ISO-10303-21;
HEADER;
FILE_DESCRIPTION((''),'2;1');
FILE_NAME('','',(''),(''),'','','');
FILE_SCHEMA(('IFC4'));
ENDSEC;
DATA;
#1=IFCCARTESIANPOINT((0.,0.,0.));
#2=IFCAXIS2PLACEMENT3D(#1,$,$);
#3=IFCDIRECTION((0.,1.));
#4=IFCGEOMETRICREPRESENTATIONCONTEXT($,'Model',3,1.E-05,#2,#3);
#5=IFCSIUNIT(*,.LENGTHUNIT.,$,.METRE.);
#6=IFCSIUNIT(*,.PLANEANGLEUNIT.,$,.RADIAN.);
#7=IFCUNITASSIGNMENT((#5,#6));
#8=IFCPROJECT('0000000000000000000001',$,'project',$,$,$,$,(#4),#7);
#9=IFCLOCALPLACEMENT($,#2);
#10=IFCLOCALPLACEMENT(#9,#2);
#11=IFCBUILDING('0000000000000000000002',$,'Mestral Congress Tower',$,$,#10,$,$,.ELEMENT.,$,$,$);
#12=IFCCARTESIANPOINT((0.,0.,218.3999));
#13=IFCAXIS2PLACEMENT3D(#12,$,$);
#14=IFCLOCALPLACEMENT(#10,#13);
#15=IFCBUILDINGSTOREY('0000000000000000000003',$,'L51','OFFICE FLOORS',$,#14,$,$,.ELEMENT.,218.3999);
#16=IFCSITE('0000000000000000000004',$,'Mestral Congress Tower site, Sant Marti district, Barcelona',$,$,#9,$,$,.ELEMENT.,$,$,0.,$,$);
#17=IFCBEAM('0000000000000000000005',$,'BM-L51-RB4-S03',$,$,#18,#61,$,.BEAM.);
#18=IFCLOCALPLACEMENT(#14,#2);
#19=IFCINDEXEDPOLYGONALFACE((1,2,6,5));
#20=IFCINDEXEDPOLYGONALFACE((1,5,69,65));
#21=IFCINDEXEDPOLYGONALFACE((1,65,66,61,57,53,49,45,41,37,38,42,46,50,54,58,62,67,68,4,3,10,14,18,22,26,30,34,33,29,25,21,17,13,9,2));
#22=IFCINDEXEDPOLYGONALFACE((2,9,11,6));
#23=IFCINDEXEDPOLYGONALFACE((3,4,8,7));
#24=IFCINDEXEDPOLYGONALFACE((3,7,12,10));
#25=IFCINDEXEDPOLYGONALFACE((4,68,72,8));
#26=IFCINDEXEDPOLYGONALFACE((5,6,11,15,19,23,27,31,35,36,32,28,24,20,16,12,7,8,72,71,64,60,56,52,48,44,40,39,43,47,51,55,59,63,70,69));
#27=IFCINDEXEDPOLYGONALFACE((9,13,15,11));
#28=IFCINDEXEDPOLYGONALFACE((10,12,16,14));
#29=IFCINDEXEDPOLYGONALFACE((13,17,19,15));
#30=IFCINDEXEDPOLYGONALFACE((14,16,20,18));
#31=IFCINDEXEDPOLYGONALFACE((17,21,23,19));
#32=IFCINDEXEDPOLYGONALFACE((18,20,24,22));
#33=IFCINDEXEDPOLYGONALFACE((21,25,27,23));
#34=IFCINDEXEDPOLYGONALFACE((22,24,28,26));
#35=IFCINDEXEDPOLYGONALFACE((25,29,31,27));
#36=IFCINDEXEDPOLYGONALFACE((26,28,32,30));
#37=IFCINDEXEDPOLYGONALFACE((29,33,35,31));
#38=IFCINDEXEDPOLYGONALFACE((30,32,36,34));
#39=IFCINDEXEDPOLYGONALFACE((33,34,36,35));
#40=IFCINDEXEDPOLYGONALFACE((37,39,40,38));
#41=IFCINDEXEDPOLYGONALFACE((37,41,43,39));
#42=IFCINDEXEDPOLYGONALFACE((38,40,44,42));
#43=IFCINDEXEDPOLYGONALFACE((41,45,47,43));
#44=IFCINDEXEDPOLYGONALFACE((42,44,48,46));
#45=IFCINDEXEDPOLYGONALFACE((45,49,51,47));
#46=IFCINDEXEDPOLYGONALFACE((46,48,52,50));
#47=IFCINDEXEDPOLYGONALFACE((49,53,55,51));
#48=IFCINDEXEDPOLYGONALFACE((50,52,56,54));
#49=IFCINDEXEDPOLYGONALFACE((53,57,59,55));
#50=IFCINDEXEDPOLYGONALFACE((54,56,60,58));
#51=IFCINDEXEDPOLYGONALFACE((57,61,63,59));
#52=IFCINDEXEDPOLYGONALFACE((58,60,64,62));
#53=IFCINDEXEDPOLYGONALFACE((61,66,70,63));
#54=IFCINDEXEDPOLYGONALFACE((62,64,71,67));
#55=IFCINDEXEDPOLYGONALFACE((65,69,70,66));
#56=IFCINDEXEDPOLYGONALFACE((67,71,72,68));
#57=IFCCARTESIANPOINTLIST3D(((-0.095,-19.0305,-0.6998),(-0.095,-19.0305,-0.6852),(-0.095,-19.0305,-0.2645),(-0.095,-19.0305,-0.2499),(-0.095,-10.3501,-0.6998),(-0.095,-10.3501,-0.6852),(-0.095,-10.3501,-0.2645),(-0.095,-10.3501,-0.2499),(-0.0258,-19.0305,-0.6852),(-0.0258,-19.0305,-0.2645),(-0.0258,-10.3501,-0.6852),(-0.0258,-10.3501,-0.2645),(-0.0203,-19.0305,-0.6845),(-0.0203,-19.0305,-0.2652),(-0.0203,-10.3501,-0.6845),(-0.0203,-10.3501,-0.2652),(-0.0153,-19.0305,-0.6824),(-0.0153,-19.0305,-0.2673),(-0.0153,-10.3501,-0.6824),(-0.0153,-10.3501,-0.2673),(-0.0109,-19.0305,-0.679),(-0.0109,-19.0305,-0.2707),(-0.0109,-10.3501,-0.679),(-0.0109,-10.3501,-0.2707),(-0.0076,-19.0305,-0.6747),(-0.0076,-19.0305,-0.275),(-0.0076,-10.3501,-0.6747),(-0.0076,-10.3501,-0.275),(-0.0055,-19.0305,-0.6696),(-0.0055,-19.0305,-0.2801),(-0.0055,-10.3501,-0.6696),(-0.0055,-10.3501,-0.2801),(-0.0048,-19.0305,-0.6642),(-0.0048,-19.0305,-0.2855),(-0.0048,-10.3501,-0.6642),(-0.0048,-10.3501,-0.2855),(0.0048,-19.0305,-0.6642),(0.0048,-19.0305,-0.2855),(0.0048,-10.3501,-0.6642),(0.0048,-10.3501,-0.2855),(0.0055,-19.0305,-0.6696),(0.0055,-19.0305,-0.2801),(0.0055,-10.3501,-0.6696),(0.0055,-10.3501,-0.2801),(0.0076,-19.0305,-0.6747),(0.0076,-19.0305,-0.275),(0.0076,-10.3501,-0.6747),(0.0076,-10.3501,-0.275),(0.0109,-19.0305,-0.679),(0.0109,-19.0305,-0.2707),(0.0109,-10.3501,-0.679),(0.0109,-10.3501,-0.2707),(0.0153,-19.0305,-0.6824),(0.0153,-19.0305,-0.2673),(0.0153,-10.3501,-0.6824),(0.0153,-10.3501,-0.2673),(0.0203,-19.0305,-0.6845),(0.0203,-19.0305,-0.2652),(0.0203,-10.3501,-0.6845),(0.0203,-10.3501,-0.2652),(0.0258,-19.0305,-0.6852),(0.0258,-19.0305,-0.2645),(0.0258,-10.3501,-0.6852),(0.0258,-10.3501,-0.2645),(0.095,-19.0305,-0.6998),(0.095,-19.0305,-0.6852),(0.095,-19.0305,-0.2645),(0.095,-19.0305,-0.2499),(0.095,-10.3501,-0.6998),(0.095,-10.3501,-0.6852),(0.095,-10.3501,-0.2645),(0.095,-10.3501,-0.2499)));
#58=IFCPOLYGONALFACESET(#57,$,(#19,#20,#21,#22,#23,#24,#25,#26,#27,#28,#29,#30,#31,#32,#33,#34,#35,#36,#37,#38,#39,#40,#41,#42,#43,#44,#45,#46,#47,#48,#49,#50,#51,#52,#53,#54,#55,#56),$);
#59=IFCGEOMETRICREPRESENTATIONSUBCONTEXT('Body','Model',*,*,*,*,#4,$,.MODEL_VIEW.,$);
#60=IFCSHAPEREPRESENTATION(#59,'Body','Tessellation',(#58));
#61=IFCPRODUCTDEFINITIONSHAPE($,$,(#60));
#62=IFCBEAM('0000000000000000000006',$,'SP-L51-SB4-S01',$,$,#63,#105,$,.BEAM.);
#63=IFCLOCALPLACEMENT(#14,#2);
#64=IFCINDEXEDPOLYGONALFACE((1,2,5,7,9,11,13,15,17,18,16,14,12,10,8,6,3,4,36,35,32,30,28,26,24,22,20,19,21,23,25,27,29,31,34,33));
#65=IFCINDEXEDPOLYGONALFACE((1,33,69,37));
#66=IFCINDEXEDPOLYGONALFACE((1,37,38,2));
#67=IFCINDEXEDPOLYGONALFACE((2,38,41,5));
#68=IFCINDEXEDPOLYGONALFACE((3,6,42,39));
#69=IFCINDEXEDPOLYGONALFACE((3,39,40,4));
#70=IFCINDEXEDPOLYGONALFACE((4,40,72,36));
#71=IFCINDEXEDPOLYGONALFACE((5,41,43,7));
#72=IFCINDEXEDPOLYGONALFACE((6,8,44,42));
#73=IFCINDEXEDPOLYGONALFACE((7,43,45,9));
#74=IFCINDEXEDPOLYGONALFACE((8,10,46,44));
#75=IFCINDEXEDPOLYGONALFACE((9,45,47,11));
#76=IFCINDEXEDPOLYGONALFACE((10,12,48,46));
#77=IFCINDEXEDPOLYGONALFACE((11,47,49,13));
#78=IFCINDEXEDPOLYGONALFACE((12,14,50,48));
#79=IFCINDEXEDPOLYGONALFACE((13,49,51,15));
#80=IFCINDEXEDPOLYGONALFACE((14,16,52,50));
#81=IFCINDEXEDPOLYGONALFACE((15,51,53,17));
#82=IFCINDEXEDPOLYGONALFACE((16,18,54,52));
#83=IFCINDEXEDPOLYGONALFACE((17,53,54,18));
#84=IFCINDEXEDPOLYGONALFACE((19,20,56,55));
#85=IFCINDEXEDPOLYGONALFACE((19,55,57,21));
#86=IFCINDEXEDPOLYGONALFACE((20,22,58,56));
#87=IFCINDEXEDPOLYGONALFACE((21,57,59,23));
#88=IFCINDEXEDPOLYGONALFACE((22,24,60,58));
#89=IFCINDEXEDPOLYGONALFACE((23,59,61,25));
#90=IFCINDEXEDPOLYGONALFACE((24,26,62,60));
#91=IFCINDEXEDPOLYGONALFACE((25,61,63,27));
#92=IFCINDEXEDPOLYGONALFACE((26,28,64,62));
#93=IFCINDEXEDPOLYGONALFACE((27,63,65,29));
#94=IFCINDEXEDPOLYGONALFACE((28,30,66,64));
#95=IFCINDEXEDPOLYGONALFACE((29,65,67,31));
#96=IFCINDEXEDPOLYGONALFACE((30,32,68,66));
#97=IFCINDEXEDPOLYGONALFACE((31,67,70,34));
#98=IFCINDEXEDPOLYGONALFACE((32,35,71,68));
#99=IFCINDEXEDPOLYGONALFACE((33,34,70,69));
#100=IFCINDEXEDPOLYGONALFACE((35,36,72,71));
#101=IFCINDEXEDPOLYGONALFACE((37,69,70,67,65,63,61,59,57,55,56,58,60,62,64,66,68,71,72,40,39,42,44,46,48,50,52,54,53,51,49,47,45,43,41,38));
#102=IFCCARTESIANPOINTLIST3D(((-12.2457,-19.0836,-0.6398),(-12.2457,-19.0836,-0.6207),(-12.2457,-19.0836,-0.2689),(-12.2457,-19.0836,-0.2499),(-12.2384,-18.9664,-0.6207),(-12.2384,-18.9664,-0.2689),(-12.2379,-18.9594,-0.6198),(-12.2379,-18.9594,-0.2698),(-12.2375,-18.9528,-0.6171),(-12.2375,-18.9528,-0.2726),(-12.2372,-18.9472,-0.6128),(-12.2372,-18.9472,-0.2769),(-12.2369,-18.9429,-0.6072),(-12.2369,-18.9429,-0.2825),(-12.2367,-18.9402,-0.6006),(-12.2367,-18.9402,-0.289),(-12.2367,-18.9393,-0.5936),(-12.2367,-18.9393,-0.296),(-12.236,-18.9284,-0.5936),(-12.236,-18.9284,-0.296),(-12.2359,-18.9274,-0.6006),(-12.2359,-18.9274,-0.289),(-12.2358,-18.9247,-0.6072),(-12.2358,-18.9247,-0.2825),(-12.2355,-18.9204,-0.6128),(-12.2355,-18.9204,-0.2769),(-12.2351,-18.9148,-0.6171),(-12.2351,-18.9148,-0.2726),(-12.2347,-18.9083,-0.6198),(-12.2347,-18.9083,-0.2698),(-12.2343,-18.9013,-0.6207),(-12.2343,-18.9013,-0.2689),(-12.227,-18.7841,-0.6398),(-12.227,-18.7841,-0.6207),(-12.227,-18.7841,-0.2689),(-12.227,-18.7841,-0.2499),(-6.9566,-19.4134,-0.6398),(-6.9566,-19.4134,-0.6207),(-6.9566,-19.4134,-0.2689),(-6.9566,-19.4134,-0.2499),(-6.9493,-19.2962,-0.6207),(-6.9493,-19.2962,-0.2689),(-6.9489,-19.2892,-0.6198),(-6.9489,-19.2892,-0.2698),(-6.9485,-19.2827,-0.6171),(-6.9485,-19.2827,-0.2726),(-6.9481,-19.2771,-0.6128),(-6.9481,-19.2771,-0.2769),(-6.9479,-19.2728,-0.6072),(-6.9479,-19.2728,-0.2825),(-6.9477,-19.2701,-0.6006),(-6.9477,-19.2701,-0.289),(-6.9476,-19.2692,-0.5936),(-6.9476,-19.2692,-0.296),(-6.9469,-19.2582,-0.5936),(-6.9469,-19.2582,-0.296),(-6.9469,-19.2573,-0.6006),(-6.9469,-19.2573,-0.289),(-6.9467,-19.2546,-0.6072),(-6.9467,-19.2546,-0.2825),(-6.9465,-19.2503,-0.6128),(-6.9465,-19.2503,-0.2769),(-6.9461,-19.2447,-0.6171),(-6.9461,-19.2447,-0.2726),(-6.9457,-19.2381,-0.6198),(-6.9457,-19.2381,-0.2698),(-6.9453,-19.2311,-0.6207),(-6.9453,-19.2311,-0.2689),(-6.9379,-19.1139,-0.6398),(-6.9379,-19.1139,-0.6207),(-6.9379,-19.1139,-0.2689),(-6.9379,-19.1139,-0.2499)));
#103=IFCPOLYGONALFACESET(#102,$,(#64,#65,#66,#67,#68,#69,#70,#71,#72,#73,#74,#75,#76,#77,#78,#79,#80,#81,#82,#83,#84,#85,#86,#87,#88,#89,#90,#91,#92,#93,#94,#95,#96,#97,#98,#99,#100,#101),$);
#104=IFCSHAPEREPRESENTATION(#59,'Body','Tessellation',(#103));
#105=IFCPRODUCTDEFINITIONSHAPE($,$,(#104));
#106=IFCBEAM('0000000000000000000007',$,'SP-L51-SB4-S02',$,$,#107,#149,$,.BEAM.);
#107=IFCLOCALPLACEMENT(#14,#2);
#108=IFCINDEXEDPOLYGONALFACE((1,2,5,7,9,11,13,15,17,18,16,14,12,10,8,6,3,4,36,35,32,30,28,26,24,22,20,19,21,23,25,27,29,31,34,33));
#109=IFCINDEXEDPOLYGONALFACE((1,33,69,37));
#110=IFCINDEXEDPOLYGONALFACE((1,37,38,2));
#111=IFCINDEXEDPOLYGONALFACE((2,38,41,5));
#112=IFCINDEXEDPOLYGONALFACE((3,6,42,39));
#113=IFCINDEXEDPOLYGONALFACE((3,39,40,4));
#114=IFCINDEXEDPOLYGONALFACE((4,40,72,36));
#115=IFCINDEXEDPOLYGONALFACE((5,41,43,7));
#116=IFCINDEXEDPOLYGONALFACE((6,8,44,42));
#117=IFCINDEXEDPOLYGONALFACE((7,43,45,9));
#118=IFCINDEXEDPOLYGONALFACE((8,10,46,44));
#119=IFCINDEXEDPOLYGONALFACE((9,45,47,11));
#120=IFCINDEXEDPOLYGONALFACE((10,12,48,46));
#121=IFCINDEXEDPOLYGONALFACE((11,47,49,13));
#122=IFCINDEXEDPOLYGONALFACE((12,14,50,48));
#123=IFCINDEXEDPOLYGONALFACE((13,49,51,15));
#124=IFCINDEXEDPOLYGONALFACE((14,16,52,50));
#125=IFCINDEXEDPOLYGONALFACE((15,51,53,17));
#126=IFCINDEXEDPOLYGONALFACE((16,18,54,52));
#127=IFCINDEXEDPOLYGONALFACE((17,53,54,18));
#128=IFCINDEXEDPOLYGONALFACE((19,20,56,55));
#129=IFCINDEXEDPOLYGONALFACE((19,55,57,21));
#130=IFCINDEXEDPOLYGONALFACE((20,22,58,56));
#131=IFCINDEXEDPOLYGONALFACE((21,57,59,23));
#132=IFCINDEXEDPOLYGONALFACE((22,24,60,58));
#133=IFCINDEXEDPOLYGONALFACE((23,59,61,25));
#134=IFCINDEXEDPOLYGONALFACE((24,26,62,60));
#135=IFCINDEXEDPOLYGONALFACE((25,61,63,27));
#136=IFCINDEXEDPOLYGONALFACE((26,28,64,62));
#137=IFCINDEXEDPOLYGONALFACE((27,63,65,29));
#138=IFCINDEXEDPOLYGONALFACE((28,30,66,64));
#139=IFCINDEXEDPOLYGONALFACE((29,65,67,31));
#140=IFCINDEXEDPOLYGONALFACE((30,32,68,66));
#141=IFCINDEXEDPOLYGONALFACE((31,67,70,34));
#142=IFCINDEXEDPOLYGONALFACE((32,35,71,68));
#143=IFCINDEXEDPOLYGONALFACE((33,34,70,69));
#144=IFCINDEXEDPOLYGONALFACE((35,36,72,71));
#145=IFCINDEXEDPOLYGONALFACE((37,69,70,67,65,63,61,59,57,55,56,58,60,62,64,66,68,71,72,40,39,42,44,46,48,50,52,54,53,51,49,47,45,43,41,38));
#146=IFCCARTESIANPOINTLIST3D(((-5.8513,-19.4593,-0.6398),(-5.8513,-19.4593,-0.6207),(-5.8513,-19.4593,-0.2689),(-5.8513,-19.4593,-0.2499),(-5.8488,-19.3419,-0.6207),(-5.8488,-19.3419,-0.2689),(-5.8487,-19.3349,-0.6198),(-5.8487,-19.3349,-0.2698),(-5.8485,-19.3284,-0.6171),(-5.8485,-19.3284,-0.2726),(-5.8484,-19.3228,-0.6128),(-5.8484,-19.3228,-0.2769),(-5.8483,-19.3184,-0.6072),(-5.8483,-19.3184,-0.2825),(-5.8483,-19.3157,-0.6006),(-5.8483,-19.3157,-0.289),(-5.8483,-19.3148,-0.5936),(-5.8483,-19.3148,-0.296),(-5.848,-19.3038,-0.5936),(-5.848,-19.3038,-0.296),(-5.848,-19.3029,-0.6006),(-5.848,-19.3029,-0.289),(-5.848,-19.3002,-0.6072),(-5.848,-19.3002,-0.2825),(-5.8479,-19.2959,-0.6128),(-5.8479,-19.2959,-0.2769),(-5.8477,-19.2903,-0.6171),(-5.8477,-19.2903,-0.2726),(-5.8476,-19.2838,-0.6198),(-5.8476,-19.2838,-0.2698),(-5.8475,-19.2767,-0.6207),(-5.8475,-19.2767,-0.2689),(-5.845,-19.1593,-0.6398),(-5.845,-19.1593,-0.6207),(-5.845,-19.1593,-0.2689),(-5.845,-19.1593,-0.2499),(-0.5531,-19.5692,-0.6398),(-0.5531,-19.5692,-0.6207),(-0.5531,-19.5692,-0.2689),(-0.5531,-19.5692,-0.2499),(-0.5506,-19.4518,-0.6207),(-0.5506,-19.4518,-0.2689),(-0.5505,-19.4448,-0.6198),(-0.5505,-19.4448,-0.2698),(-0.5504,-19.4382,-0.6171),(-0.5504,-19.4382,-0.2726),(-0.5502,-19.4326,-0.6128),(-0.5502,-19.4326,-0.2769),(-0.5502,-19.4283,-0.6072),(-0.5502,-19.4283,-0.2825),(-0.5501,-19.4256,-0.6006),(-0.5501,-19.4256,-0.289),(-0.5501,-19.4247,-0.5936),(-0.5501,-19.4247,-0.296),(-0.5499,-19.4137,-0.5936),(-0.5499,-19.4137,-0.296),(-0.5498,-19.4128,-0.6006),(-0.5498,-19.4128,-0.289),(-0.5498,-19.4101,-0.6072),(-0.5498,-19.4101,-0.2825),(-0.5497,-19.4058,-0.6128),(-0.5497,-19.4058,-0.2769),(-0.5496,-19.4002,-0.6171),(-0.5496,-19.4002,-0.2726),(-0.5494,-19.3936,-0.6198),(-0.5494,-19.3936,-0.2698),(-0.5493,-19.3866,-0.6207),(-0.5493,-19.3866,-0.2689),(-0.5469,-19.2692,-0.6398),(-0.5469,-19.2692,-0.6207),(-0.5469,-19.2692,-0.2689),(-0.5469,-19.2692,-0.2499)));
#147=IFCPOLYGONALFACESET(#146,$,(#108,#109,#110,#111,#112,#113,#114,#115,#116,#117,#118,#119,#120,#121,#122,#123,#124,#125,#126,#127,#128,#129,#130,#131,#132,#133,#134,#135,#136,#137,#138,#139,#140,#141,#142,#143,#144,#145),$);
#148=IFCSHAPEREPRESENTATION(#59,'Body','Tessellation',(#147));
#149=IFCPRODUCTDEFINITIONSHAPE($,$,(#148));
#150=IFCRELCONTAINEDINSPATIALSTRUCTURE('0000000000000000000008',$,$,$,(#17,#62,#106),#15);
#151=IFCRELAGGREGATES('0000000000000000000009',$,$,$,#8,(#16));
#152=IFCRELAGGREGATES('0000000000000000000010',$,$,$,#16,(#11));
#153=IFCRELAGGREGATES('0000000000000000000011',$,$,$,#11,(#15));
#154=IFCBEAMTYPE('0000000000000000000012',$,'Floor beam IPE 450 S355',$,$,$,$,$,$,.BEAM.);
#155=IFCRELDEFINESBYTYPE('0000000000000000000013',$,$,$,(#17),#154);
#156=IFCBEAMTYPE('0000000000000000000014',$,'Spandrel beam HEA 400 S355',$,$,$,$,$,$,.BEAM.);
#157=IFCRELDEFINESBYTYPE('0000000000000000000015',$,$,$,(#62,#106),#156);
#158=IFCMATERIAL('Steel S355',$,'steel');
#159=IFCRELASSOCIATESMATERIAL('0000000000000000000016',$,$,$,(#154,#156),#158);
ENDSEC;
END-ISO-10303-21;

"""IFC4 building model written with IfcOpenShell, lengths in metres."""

from ifc_helpers import new_model, si_unit, direction, frame, origin, origin_2d, place, context, subcontext, project, spatial, i_section, extrude, material, material_profile, profile_set, type_object, element, save


model = new_model("IFC4")

# Units and contexts
model_context = context("Model", 3, precision=1e-05, world=origin(), true_north=direction((0.0, 1.0)))
body_context = subcontext(model_context, "Body", "Model", "MODEL_VIEW")
ifc_project = project(units=[si_unit("LENGTHUNIT", "METRE"), si_unit("PLANEANGLEUNIT", "RADIAN")], contexts=[model_context])

# Site, building, storey
site_placement = place(None, origin())
site = spatial("IfcSite", under=ifc_project, at=site_placement, Name="Mestral Congress Tower site, Sant Marti district, Barcelona", CompositionType="ELEMENT", RefElevation=0.0)
building_placement = place(site_placement, origin())
building = spatial("IfcBuilding", under=site, at=building_placement, Name="Mestral Congress Tower", CompositionType="ELEMENT")
storey_placement = place(building_placement, frame((0.0, 0.0, 218.3999)))
storey = spatial("IfcBuildingStorey", under=building, at=storey_placement, Name="L51", Description="OFFICE FLOORS", CompositionType="ELEMENT", Elevation=218.3999)

# Beams
ifc_material_1 = material(Name="Steel S355", Category="steel")
ifc_material_profile_1 = material_profile(ifc_material_1, i_section(OverallWidth=0.1899, OverallDepth=0.45, WebThickness=0.0095, FlangeThickness=0.0146, FilletRadius=0.021, at=origin_2d()), Name="IPE 450")
ifc_profile_set_1 = profile_set([ifc_material_profile_1], Name="Steel S355")
beam_type_1 = type_object("IfcBeamType", Name="Floor beam IPE 450 S355", PredefinedType="BEAM", material=ifc_profile_set_1)
beam_1_placement = place(storey_placement, frame((0.0, -19.0305, -0.4749), z_axis=(0.0, 1.0, 0.0), x_axis=(-1.0, 0.0, 0.0)))
element("IfcBeam", 1, at=beam_1_placement, inside=storey, type_object=beam_type_1, Name="BM-L51-RB4-S03", PredefinedType="BEAM", context=body_context, shape_type="SweptSolid", body=[
    extrude(i_section(OverallWidth=0.1899, OverallDepth=0.45, WebThickness=0.0095, FlangeThickness=0.0146, FilletRadius=0.021, at=origin_2d()), origin(), (0.0, 0.0, 1.0), 8.6804),
])
ifc_material_profile_2 = material_profile(ifc_material_1, i_section(OverallWidth=0.3, OverallDepth=0.3899, WebThickness=0.011, FlangeThickness=0.019, FilletRadius=0.0271, at=origin_2d()), Name="HEA 400")
ifc_profile_set_2 = profile_set([ifc_material_profile_2], Name="Steel S355")
beam_type_2 = type_object("IfcBeamType", Name="Spandrel beam HEA 400 S355", PredefinedType="BEAM", material=ifc_profile_set_2)
for number, where, z_axis, x_axis, name in (
    (2, (-12.2363, -18.9338, -0.4448), (0.998061, -0.062241, 0.0), (0.062241, 0.998061, 0.0), "SP-L51-SB4-S01"),
    (3, (-5.8481, -19.3093, -0.4448), (0.999785, -0.020732, 0.0), (0.020732, 0.999785, 0.0), "SP-L51-SB4-S02"),
):
    element("IfcBeam", number, at=place(storey_placement, frame(where, z_axis=z_axis, x_axis=x_axis)), inside=storey, type_object=beam_type_2, Name=name, PredefinedType="BEAM", context=body_context, shape_type="SweptSolid", body=[
        extrude(i_section(OverallWidth=0.3, OverallDepth=0.3899, WebThickness=0.011, FlangeThickness=0.019, FilletRadius=0.0271, at=origin_2d()), origin(), (0.0, 0.0, 1.0), 5.2993),
    ])

save(model, "model.ifc")
